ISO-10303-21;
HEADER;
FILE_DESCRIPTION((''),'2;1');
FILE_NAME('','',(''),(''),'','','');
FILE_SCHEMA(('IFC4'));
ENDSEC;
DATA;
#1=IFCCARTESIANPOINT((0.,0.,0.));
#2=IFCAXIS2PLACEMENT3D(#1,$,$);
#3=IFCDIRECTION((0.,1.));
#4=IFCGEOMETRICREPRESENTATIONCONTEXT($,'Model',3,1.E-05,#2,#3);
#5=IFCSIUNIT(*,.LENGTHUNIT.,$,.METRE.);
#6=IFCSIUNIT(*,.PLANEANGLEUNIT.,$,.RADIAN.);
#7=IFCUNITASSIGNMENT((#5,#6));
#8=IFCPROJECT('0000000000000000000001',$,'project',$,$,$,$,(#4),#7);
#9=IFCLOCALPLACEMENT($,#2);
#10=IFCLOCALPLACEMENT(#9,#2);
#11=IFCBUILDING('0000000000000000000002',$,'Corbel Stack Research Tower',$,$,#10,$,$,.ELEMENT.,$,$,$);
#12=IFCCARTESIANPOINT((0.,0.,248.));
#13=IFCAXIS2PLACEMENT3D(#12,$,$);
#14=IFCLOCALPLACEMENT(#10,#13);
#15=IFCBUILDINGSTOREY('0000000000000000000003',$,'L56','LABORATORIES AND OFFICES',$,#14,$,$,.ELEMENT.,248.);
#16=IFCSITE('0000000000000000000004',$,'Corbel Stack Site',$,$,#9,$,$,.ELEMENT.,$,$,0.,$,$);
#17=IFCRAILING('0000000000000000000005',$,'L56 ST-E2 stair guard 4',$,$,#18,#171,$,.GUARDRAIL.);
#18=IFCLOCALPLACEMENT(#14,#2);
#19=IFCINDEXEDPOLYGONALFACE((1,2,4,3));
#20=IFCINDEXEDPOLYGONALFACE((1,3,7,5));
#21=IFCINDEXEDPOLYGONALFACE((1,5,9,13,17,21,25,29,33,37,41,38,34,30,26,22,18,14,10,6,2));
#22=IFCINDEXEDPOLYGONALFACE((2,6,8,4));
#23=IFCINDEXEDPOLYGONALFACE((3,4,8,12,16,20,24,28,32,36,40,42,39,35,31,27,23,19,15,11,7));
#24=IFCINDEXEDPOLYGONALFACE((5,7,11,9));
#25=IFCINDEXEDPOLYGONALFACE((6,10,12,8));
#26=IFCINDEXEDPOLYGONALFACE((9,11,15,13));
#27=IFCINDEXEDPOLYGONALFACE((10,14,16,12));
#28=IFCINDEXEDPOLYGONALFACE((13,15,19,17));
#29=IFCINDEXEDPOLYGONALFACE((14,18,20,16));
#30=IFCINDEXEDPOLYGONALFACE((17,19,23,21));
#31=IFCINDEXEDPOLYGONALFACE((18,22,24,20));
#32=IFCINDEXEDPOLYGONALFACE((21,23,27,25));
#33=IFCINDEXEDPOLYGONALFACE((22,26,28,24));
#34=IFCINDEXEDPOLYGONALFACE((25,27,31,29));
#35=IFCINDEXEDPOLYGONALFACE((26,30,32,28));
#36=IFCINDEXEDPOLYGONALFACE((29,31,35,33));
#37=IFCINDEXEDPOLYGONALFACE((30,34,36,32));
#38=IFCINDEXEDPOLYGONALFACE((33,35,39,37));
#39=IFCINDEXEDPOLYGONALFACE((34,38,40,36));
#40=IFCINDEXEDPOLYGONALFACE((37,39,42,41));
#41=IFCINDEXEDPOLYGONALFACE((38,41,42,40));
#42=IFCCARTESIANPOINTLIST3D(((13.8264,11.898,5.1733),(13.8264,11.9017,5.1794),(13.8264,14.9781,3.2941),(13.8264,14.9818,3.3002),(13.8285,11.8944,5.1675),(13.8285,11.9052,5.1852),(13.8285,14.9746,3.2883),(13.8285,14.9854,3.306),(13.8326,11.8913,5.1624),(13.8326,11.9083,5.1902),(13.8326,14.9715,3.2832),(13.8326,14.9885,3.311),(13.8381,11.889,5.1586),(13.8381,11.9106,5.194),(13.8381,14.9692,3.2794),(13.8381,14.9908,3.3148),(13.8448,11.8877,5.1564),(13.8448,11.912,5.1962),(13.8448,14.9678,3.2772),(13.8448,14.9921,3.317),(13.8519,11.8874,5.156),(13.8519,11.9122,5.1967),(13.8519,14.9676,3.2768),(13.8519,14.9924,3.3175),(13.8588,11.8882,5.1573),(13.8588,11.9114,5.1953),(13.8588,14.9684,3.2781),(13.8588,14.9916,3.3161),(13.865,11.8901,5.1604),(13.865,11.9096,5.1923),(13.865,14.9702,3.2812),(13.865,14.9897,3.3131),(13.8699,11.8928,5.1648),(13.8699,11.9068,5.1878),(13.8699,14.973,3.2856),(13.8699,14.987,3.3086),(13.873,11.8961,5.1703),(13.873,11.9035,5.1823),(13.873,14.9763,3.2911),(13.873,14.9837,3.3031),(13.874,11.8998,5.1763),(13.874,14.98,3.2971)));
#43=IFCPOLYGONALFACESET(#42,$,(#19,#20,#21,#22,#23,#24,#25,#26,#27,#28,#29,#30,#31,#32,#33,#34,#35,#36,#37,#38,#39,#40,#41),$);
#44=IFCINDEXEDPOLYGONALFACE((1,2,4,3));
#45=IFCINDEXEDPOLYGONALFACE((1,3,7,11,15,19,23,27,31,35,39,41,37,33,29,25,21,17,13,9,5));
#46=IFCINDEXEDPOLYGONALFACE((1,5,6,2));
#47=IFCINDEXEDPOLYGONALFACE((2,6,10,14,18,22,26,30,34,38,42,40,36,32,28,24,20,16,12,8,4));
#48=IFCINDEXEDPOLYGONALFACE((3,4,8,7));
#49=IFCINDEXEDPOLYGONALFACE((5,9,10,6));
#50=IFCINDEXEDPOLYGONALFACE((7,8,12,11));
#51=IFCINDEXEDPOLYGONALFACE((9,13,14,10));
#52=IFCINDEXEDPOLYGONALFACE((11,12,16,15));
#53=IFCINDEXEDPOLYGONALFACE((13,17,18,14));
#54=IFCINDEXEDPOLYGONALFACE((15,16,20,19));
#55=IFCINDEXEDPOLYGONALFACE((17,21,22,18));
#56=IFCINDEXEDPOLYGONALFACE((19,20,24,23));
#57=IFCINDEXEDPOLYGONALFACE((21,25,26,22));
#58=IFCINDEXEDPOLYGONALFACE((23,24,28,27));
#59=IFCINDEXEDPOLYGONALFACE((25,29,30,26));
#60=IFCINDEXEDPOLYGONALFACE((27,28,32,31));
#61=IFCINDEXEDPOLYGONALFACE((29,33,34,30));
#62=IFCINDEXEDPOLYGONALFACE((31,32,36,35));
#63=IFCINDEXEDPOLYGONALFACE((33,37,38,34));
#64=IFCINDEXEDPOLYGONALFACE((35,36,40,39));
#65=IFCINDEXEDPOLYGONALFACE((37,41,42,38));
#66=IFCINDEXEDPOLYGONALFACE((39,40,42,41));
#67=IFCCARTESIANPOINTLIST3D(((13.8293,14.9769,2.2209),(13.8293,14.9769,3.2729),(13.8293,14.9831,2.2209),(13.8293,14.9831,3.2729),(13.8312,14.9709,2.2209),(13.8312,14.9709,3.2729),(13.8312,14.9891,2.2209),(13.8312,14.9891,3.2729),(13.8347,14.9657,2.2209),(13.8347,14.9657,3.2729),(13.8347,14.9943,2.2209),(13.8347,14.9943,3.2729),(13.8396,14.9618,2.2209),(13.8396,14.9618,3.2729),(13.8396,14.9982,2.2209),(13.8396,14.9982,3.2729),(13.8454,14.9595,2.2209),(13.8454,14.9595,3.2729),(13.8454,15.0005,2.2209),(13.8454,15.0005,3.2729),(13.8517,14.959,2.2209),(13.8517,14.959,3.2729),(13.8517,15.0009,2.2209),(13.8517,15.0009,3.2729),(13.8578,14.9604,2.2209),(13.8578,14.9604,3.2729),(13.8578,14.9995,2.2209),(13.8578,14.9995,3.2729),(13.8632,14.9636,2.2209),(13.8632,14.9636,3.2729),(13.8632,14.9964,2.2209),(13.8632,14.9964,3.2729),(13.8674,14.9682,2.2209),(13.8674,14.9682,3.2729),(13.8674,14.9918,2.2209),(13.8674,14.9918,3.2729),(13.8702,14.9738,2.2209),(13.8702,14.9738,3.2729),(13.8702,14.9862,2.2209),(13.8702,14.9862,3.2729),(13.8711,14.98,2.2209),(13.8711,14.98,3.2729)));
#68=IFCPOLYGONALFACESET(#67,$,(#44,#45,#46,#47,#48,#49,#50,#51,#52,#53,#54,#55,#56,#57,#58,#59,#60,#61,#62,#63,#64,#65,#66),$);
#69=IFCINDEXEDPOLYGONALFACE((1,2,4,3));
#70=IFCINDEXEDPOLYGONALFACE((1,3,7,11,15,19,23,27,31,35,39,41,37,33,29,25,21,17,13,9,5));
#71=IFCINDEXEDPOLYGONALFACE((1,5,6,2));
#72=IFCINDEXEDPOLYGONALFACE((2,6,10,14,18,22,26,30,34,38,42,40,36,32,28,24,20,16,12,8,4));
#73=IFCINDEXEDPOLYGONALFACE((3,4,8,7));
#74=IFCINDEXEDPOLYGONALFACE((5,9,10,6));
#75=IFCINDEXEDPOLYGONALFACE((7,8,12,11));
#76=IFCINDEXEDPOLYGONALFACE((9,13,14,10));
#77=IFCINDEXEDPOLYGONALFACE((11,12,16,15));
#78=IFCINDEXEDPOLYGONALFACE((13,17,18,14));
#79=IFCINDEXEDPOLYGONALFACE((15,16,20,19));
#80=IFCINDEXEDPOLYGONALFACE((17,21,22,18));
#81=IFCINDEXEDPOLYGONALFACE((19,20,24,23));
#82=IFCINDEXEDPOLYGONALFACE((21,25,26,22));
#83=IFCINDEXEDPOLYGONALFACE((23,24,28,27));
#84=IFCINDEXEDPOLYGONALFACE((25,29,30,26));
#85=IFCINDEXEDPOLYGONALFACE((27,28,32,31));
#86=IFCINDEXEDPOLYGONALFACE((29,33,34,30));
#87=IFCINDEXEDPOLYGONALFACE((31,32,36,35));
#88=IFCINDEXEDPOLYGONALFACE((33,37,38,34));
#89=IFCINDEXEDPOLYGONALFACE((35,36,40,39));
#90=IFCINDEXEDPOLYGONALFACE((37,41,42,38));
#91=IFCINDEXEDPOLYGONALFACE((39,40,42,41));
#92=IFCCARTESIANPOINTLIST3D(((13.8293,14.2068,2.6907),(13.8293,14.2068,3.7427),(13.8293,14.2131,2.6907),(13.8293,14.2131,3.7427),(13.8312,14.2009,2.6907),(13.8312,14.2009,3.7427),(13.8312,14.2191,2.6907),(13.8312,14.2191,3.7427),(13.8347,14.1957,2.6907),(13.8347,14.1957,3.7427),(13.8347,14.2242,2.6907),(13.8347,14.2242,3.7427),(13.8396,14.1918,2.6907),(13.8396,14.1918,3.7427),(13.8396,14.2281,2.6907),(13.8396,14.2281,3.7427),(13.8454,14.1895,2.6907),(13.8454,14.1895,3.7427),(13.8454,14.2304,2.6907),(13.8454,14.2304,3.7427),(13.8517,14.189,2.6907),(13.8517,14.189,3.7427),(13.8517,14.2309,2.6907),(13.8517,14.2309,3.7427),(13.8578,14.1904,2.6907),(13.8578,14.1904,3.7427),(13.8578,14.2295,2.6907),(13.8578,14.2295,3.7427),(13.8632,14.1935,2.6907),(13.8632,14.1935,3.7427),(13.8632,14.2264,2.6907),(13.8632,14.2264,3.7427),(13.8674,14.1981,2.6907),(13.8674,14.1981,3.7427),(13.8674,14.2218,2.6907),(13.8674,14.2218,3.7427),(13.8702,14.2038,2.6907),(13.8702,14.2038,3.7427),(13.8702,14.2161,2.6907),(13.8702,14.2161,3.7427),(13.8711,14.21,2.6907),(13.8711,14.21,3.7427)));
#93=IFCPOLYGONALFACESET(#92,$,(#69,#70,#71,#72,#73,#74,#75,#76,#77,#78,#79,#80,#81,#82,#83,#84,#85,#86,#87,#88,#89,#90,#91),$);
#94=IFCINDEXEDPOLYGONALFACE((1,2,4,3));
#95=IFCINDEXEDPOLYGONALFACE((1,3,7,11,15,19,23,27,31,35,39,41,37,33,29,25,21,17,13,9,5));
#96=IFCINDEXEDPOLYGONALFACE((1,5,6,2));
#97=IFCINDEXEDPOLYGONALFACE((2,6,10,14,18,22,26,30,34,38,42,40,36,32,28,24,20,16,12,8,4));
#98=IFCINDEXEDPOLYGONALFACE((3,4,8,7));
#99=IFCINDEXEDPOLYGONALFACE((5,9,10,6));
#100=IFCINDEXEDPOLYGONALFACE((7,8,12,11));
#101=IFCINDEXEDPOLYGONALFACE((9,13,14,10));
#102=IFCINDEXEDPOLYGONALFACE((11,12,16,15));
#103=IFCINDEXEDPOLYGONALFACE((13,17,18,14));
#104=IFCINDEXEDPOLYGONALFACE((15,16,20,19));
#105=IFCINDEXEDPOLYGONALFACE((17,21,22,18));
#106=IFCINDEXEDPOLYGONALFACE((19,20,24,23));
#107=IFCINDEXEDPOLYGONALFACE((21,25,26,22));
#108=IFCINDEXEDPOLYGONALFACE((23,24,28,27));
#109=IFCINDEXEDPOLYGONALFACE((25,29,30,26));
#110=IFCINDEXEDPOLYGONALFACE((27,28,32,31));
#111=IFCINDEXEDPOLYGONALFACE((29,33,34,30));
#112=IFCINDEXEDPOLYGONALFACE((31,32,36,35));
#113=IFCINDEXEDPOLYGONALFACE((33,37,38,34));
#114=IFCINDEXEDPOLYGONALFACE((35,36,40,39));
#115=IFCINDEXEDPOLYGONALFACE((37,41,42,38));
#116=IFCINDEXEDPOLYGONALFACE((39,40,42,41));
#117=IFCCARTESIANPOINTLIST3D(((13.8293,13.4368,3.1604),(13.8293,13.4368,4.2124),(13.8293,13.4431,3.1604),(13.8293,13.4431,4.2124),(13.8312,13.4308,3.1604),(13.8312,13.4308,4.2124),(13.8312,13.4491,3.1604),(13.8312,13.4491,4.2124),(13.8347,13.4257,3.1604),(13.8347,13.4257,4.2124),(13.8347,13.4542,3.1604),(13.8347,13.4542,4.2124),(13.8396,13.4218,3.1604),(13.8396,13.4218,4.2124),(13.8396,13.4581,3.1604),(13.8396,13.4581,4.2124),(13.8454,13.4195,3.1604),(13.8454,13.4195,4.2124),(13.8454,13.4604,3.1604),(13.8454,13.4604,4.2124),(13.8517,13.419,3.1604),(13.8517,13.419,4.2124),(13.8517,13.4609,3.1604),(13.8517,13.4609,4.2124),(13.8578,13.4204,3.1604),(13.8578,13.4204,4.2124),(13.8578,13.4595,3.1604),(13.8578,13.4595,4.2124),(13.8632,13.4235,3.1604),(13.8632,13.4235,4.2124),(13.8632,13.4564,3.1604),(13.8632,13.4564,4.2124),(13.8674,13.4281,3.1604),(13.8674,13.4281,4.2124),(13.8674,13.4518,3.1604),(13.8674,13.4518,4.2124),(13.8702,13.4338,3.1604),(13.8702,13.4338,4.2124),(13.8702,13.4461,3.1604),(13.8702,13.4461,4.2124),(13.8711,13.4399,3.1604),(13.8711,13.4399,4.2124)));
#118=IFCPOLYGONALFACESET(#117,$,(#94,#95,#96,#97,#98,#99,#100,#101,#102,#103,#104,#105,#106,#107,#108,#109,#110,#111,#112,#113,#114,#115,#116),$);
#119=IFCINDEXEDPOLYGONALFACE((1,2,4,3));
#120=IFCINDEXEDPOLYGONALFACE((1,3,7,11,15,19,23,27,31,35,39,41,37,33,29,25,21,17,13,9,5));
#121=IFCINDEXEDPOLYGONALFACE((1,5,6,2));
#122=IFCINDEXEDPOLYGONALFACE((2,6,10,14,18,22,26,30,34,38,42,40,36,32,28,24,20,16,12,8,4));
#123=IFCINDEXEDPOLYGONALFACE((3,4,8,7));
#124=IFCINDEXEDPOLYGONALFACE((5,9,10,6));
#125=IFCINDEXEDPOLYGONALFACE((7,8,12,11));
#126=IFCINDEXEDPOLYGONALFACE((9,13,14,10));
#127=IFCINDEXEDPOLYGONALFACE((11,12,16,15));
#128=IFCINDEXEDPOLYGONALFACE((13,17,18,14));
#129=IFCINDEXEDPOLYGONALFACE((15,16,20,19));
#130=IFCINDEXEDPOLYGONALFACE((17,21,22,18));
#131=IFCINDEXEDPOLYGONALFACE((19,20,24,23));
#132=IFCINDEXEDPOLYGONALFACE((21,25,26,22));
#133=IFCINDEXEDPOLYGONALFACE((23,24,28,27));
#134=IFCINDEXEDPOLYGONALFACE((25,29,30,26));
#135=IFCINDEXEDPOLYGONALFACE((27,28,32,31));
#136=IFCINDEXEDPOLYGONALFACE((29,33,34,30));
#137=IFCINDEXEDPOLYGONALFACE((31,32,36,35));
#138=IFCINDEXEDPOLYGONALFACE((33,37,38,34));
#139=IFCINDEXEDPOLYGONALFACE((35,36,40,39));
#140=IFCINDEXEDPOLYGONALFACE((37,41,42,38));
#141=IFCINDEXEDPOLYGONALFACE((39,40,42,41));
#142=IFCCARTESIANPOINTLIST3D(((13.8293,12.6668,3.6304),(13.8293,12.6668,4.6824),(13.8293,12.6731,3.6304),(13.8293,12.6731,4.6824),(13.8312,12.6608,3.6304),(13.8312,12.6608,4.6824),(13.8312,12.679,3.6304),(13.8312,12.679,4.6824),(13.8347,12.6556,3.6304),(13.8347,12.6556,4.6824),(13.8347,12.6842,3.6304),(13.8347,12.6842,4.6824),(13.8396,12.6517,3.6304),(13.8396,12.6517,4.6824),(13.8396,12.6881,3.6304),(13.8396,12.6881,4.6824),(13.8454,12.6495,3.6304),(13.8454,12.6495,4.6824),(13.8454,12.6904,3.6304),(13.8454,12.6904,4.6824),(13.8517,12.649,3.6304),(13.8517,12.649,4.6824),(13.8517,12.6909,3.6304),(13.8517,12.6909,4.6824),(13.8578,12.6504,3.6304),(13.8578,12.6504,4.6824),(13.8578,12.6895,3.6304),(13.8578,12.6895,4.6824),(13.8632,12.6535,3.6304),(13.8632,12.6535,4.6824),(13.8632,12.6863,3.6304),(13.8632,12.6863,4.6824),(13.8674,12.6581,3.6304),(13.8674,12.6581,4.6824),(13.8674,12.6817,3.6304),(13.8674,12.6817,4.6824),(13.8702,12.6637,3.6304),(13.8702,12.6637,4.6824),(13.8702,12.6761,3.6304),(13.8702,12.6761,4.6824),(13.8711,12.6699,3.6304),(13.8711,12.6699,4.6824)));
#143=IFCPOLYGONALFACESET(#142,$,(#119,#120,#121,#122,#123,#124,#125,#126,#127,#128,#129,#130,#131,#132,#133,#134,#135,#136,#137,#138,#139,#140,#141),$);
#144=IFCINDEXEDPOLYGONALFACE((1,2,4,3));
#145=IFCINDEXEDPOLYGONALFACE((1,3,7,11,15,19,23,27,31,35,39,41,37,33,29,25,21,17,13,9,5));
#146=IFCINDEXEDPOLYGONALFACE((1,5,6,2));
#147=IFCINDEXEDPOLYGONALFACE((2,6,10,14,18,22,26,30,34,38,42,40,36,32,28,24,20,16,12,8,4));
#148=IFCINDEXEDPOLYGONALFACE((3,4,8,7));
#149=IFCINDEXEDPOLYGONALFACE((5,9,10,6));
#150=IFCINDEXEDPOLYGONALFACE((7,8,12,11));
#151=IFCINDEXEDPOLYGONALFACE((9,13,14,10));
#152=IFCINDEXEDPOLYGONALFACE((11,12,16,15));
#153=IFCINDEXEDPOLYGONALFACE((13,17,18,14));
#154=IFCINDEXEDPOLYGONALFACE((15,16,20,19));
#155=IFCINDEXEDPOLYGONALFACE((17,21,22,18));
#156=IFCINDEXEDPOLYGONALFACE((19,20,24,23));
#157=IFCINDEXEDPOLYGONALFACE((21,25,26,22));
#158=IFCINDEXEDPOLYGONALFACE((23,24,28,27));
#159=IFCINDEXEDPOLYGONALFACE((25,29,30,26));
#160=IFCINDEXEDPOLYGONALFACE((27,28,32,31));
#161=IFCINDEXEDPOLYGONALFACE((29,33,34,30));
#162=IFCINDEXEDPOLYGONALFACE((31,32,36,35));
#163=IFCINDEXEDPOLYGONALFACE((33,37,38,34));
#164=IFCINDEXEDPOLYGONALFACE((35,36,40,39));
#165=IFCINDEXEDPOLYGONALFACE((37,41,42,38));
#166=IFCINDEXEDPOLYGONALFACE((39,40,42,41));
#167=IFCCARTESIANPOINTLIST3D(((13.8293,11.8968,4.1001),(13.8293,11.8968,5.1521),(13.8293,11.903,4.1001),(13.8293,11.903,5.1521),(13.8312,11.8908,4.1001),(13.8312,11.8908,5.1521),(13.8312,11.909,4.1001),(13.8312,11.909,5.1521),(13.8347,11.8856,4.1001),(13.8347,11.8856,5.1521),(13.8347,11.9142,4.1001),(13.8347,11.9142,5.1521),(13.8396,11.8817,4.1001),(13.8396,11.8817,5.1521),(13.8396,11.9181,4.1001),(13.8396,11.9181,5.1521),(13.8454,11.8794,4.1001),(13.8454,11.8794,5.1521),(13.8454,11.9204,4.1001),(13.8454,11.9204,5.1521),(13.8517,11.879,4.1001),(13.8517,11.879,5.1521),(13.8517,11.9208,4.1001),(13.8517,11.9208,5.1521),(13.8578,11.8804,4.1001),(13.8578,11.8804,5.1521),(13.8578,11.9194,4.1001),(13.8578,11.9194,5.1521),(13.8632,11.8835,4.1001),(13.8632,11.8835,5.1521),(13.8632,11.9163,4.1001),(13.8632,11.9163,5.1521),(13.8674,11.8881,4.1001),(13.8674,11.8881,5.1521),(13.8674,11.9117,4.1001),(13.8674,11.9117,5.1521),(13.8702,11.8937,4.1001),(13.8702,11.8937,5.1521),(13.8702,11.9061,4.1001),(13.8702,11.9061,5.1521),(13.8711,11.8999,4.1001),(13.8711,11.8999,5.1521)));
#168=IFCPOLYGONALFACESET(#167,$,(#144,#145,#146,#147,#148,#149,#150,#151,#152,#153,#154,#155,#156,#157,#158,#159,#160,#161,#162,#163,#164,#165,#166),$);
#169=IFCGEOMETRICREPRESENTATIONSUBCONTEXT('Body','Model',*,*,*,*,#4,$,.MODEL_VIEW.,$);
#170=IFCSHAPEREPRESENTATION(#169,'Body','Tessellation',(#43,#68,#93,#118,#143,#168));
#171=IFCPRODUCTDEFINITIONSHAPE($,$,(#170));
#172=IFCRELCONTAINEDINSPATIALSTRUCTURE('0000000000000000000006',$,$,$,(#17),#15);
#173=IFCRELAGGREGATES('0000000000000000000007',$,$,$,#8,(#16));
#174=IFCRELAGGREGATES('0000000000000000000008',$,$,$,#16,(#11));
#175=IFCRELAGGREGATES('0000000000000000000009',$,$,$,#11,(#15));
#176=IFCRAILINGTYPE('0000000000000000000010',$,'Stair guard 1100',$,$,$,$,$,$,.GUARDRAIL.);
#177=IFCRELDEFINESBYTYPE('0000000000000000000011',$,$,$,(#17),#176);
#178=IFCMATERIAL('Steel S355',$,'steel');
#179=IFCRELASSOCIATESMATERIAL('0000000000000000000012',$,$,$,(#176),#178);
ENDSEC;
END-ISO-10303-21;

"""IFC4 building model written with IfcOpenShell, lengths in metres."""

from ifc_helpers import new_model, si_unit, direction, frame, origin, origin_2d, place, context, subcontext, project, spatial, circle, extrude, material, type_object, element, save


model = new_model("IFC4")

# Units and contexts
model_context = context("Model", 3, precision=1e-05, world=origin(), true_north=direction((0.0, 1.0)))
body_context = subcontext(model_context, "Body", "Model", "MODEL_VIEW")
ifc_project = project(units=[si_unit("LENGTHUNIT", "METRE"), si_unit("PLANEANGLEUNIT", "RADIAN")], contexts=[model_context])

# Site, building, storey
site_placement = place(None, origin())
site = spatial("IfcSite", under=ifc_project, at=site_placement, Name="Corbel Stack Site", CompositionType="ELEMENT", RefElevation=0.0)
building_placement = place(site_placement, origin())
building = spatial("IfcBuilding", under=site, at=building_placement, Name="Corbel Stack Research Tower", CompositionType="ELEMENT")
storey_placement = place(building_placement, frame((0.0, 0.0, 248.0)))
storey = spatial("IfcBuildingStorey", under=building, at=storey_placement, Name="L56", Description="LABORATORIES AND OFFICES", CompositionType="ELEMENT", Elevation=248.0)

# Railing
ifc_material_1 = material(Name="Steel S355", Category="steel")
railing_type_1 = type_object("IfcRailingType", Name="Stair guard 1100", PredefinedType="GUARDRAIL", material=ifc_material_1)
railing_1_placement = place(storey_placement, frame((13.8501, 14.98, 2.2209)))
element("IfcRailing", 1, at=railing_1_placement, inside=storey, type_object=railing_type_1, Name="L56 ST-E2 stair guard 4", PredefinedType="GUARDRAIL", context=body_context, shape_type="SweptSolid", body=[
    extrude(circle(Radius=0.0239, at=origin_2d()), frame((0.0, 0.0, 1.0762), z_axis=(0.0, -0.853666, 0.52082), x_axis=(1.0, 0.0, 0.0)), (0.0, 0.0, 1.0), 3.6082),
    extrude(circle(Radius=0.021, at=origin_2d()), origin(), (0.0, 0.0, 1.0), 1.052),
    extrude(circle(Radius=0.021, at=origin_2d()), frame((0.0, -0.77, 0.4697)), (0.0, 0.0, 1.0), 1.052),
    extrude(circle(Radius=0.021, at=origin_2d()), frame((0.0, -1.54, 0.9395)), (0.0, 0.0, 1.0), 1.052),
    extrude(circle(Radius=0.021, at=origin_2d()), frame((0.0, -2.3101, 1.4094)), (0.0, 0.0, 1.0), 1.052),
    extrude(circle(Radius=0.021, at=origin_2d()), frame((0.0, -3.0801, 1.8792)), (0.0, 0.0, 1.0), 1.052),
])

save(model, "model.ifc")
